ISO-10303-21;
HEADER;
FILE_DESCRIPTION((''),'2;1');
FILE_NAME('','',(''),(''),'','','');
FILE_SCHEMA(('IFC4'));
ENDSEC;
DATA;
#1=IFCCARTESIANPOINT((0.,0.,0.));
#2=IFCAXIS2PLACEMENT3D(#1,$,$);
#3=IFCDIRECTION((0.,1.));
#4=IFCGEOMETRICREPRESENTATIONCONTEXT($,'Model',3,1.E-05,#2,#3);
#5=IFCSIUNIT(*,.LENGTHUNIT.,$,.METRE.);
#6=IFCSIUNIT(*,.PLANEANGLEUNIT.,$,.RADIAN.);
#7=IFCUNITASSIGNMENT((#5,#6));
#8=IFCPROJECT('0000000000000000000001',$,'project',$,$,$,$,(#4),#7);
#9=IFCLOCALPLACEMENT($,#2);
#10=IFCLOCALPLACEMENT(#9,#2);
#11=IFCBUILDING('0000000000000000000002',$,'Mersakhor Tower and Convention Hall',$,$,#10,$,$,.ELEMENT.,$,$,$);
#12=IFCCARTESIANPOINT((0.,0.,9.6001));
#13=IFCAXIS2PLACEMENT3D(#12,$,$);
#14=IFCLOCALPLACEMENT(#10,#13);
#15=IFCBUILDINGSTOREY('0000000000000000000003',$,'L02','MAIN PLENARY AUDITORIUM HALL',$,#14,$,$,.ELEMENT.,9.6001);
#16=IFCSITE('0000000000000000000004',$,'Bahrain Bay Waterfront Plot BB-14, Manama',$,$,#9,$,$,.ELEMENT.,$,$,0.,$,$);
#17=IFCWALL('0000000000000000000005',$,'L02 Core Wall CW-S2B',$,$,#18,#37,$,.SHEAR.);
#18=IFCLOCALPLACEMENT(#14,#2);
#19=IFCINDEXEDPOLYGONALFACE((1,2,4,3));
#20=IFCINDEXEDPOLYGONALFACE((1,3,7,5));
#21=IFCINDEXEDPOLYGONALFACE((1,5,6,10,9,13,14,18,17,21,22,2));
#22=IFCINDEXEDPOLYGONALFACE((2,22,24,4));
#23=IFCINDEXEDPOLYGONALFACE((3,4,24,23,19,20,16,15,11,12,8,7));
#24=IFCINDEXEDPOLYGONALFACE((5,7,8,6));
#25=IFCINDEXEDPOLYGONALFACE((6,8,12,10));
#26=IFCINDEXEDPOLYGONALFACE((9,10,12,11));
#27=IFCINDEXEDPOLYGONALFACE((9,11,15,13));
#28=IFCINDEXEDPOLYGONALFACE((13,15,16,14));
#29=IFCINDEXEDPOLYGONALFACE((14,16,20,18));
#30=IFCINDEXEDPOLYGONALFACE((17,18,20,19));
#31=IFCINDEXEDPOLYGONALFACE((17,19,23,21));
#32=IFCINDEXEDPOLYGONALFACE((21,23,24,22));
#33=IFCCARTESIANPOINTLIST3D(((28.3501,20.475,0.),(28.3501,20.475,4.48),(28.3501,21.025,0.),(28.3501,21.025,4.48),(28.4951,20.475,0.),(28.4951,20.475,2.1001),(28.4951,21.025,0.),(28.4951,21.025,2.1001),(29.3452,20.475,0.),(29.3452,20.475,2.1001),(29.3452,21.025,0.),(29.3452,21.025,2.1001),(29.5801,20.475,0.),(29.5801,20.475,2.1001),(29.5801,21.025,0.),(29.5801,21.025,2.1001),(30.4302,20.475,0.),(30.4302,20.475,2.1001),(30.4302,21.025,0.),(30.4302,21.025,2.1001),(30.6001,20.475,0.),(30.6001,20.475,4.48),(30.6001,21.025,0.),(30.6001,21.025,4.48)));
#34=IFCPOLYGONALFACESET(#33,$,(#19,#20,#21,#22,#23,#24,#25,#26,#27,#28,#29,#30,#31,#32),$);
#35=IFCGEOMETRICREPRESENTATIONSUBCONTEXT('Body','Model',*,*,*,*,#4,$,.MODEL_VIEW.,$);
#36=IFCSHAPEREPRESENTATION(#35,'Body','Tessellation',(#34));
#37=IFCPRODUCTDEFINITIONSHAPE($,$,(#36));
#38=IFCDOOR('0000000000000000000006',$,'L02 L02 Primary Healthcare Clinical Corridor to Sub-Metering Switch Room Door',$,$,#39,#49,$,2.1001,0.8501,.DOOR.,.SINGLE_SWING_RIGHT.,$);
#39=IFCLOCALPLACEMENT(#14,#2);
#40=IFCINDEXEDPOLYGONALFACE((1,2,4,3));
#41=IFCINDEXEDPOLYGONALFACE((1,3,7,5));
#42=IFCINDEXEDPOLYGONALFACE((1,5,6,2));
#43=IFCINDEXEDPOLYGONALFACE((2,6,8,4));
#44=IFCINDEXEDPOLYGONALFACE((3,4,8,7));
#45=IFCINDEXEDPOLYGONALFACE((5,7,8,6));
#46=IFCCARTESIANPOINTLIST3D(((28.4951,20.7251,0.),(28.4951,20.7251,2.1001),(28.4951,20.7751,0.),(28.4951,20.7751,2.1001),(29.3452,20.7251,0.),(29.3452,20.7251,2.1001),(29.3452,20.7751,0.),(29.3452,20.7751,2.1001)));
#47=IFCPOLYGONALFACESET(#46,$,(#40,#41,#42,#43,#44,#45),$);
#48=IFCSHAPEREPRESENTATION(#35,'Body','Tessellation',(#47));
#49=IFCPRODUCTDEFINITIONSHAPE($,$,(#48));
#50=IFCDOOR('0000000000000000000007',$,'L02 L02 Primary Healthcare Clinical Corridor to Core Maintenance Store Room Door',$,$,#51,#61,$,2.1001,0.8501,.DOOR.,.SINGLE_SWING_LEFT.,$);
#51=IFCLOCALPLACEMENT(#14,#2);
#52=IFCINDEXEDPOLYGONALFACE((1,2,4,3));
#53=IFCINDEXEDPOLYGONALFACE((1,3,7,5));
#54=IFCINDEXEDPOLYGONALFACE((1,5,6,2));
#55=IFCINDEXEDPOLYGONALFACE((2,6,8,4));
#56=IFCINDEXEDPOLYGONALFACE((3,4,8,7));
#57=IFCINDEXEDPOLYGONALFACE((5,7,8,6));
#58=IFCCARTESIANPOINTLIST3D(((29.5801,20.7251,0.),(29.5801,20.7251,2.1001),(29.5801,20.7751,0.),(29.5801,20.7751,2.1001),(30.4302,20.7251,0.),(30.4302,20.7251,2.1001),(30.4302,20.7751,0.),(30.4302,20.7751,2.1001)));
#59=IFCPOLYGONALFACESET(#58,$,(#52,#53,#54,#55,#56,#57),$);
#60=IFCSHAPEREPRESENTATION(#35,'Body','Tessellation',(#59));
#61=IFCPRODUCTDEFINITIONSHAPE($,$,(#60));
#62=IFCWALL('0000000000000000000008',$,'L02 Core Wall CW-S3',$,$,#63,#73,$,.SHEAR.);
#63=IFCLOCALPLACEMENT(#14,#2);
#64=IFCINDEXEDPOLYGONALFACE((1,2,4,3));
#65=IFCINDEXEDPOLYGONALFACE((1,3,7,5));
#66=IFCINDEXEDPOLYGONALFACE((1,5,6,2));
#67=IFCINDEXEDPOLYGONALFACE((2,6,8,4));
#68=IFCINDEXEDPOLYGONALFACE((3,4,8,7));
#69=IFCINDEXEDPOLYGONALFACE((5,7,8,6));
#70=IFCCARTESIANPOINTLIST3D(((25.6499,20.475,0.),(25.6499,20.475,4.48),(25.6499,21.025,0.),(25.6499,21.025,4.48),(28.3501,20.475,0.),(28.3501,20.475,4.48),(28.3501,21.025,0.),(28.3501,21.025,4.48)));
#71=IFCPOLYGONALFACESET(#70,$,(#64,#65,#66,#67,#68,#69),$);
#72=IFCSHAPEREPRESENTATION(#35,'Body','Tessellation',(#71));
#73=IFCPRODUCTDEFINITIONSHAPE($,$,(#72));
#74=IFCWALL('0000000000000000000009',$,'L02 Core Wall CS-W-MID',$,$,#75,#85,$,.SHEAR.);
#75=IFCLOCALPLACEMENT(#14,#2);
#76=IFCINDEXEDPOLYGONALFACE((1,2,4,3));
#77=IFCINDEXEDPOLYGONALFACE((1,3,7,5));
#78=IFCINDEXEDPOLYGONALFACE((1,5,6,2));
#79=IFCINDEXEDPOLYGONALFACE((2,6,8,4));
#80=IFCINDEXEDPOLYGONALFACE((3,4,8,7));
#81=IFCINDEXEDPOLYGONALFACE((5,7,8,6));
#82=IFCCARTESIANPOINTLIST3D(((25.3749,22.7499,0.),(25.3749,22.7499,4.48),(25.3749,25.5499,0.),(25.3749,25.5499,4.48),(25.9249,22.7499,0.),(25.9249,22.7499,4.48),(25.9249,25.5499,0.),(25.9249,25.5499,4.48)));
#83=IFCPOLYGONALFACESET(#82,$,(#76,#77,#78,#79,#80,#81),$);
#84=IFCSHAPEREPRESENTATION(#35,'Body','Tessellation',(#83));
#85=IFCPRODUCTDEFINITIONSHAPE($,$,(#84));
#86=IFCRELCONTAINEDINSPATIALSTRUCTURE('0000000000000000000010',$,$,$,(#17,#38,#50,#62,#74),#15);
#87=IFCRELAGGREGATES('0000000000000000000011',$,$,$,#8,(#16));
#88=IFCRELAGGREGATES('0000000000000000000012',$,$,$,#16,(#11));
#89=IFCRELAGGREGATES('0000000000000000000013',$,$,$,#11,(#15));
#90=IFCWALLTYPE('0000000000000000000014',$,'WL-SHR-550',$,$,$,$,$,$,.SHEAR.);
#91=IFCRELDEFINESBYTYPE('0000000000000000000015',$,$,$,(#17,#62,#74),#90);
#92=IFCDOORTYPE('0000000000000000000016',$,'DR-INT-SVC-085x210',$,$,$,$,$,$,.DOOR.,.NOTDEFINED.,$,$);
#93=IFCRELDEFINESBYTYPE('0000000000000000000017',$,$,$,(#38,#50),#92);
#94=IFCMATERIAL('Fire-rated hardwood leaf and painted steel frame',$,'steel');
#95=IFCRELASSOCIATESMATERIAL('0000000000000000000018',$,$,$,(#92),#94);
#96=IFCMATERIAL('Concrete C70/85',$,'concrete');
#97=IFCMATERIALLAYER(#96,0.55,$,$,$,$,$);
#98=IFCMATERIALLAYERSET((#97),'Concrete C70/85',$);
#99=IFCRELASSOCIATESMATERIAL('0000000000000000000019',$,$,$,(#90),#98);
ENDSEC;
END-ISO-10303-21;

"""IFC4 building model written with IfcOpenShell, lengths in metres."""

from ifc_helpers import new_model, si_unit, direction, frame, frame_2d, origin, place, context, subcontext, project, spatial, rectangle, extrude, material, layer, layer_set, type_object, element, fill, save


model = new_model("IFC4")

# Units and contexts
model_context = context("Model", 3, precision=1e-05, world=origin(), true_north=direction((0.0, 1.0)))
body_context = subcontext(model_context, "Body", "Model", "MODEL_VIEW")
ifc_project = project(units=[si_unit("LENGTHUNIT", "METRE"), si_unit("PLANEANGLEUNIT", "RADIAN")], contexts=[model_context])

# Site, building, storey
site_placement = place(None, origin())
site = spatial("IfcSite", under=ifc_project, at=site_placement, Name="Bahrain Bay Waterfront Plot BB-14, Manama", CompositionType="ELEMENT", RefElevation=0.0)
building_placement = place(site_placement, origin())
building = spatial("IfcBuilding", under=site, at=building_placement, Name="Mersakhor Tower and Convention Hall", CompositionType="ELEMENT")
storey_placement = place(building_placement, frame((0.0, 0.0, 9.6001)))
storey = spatial("IfcBuildingStorey", under=building, at=storey_placement, Name="L02", Description="MAIN PLENARY AUDITORIUM HALL", CompositionType="ELEMENT", Elevation=9.6001)

# Shared definitions
ifc_material_1 = material(Name="Fire-rated hardwood leaf and painted steel frame", Category="steel")
door_type_1 = type_object("IfcDoorType", Name="DR-INT-SVC-085x210", OperationType="NOTDEFINED", PredefinedType="DOOR", material=ifc_material_1)

# Wall, openings, doors
ifc_material_2 = material(Name="Concrete C70/85", Category="concrete")
ifc_layer_1 = layer(ifc_material_2, 0.55)
ifc_layer_set_1 = layer_set([ifc_layer_1], Name="Concrete C70/85")
wall_type_1 = type_object("IfcWallType", Name="WL-SHR-550", PredefinedType="SHEAR", material=ifc_layer_set_1)
wall_1_placement = place(storey_placement, frame((30.6001, 20.75, 0.0), z_axis=(0.0, 0.0, 1.0), x_axis=(-1.0, 0.0, 0.0)))
wall_1 = element("IfcWall", 1, at=wall_1_placement, inside=storey, type_object=wall_type_1, Name="L02 Core Wall CW-S2B", PredefinedType="SHEAR", context=body_context, shape_type="SweptSolid", body=[
    extrude(rectangle(XDim=2.25, YDim=0.55, at=frame_2d((1.125, 0.0))), origin(), (0.0, 0.0, 1.0), 4.48),
])
opening_1_placement = place(wall_1_placement, frame((1.2549, 0.0, 0.0)))
opening_1 = element("IfcOpeningElement", 2, at=opening_1_placement, cuts=wall_1, PredefinedType="OPENING", context=body_context, shape_type="SweptSolid", body=[
    extrude(rectangle(XDim=0.8501, YDim=2.1001, at=frame_2d((0.425, 1.05))), frame((0.0, 0.2849, 0.0), z_axis=(0.0, -1.0, 0.0), x_axis=(1.0, 0.0, 0.0)), (0.0, 0.0, 1.0), 0.5701),
])
opening_2_placement = place(wall_1_placement, frame((0.1699, 0.0, 0.0)))
opening_2 = element("IfcOpeningElement", 3, at=opening_2_placement, cuts=wall_1, PredefinedType="OPENING", context=body_context, shape_type="SweptSolid", body=[
    extrude(rectangle(XDim=0.8501, YDim=2.1001, at=frame_2d((0.425, 1.05))), frame((0.0, 0.2849, 0.0), z_axis=(0.0, -1.0, 0.0), x_axis=(1.0, 0.0, 0.0)), (0.0, 0.0, 1.0), 0.5701),
])
door_1_placement = place(opening_1_placement, origin())
door_1 = element("IfcDoor", 4, at=door_1_placement, inside=storey, type_object=door_type_1, Name="L02 L02 Primary Healthcare Clinical Corridor to Sub-Metering Switch Room Door", OperationType="SINGLE_SWING_RIGHT", OverallHeight=2.1001, OverallWidth=0.8501, PredefinedType="DOOR", context=body_context, shape_type="SweptSolid", body=[
    extrude(rectangle(XDim=0.8501, YDim=2.1001, at=frame_2d((0.425, 1.05))), frame((0.0, 0.0249, 0.0), z_axis=(0.0, -1.0, 0.0), x_axis=(1.0, 0.0, 0.0)), (0.0, 0.0, 1.0), 0.05),
])
fill(opening_1, door_1)
door_2_placement = place(opening_2_placement, origin())
door_2 = element("IfcDoor", 5, at=door_2_placement, inside=storey, type_object=door_type_1, Name="L02 L02 Primary Healthcare Clinical Corridor to Core Maintenance Store Room Door", OperationType="SINGLE_SWING_LEFT", OverallHeight=2.1001, OverallWidth=0.8501, PredefinedType="DOOR", context=body_context, shape_type="SweptSolid", body=[
    extrude(rectangle(XDim=0.8501, YDim=2.1001, at=frame_2d((0.425, 1.05))), frame((0.0, 0.0249, 0.0), z_axis=(0.0, -1.0, 0.0), x_axis=(1.0, 0.0, 0.0)), (0.0, 0.0, 1.0), 0.05),
])
fill(opening_2, door_2)

# Wall
wall_2_placement = place(storey_placement, frame((28.3501, 20.75, 0.0), z_axis=(0.0, 0.0, 1.0), x_axis=(-1.0, 0.0, 0.0)))
element("IfcWall", 6, at=wall_2_placement, inside=storey, type_object=wall_type_1, Name="L02 Core Wall CW-S3", PredefinedType="SHEAR", context=body_context, shape_type="SweptSolid", body=[
    extrude(rectangle(XDim=2.7002, YDim=0.55, at=frame_2d((1.3501, 0.0))), origin(), (0.0, 0.0, 1.0), 4.48),
])

# Wall
wall_3_placement = place(storey_placement, frame((25.6499, 22.75, 0.0), z_axis=(0.0, 0.0, 1.0), x_axis=(0.0, 1.0, 0.0)))
element("IfcWall", 7, at=wall_3_placement, inside=storey, type_object=wall_type_1, Name="L02 Core Wall CS-W-MID", PredefinedType="SHEAR", context=body_context, shape_type="SweptSolid", body=[
    extrude(rectangle(XDim=2.8, YDim=0.55, at=frame_2d((1.3999, 0.0))), origin(), (0.0, 0.0, 1.0), 4.48),
])

save(model, "model.ifc")
